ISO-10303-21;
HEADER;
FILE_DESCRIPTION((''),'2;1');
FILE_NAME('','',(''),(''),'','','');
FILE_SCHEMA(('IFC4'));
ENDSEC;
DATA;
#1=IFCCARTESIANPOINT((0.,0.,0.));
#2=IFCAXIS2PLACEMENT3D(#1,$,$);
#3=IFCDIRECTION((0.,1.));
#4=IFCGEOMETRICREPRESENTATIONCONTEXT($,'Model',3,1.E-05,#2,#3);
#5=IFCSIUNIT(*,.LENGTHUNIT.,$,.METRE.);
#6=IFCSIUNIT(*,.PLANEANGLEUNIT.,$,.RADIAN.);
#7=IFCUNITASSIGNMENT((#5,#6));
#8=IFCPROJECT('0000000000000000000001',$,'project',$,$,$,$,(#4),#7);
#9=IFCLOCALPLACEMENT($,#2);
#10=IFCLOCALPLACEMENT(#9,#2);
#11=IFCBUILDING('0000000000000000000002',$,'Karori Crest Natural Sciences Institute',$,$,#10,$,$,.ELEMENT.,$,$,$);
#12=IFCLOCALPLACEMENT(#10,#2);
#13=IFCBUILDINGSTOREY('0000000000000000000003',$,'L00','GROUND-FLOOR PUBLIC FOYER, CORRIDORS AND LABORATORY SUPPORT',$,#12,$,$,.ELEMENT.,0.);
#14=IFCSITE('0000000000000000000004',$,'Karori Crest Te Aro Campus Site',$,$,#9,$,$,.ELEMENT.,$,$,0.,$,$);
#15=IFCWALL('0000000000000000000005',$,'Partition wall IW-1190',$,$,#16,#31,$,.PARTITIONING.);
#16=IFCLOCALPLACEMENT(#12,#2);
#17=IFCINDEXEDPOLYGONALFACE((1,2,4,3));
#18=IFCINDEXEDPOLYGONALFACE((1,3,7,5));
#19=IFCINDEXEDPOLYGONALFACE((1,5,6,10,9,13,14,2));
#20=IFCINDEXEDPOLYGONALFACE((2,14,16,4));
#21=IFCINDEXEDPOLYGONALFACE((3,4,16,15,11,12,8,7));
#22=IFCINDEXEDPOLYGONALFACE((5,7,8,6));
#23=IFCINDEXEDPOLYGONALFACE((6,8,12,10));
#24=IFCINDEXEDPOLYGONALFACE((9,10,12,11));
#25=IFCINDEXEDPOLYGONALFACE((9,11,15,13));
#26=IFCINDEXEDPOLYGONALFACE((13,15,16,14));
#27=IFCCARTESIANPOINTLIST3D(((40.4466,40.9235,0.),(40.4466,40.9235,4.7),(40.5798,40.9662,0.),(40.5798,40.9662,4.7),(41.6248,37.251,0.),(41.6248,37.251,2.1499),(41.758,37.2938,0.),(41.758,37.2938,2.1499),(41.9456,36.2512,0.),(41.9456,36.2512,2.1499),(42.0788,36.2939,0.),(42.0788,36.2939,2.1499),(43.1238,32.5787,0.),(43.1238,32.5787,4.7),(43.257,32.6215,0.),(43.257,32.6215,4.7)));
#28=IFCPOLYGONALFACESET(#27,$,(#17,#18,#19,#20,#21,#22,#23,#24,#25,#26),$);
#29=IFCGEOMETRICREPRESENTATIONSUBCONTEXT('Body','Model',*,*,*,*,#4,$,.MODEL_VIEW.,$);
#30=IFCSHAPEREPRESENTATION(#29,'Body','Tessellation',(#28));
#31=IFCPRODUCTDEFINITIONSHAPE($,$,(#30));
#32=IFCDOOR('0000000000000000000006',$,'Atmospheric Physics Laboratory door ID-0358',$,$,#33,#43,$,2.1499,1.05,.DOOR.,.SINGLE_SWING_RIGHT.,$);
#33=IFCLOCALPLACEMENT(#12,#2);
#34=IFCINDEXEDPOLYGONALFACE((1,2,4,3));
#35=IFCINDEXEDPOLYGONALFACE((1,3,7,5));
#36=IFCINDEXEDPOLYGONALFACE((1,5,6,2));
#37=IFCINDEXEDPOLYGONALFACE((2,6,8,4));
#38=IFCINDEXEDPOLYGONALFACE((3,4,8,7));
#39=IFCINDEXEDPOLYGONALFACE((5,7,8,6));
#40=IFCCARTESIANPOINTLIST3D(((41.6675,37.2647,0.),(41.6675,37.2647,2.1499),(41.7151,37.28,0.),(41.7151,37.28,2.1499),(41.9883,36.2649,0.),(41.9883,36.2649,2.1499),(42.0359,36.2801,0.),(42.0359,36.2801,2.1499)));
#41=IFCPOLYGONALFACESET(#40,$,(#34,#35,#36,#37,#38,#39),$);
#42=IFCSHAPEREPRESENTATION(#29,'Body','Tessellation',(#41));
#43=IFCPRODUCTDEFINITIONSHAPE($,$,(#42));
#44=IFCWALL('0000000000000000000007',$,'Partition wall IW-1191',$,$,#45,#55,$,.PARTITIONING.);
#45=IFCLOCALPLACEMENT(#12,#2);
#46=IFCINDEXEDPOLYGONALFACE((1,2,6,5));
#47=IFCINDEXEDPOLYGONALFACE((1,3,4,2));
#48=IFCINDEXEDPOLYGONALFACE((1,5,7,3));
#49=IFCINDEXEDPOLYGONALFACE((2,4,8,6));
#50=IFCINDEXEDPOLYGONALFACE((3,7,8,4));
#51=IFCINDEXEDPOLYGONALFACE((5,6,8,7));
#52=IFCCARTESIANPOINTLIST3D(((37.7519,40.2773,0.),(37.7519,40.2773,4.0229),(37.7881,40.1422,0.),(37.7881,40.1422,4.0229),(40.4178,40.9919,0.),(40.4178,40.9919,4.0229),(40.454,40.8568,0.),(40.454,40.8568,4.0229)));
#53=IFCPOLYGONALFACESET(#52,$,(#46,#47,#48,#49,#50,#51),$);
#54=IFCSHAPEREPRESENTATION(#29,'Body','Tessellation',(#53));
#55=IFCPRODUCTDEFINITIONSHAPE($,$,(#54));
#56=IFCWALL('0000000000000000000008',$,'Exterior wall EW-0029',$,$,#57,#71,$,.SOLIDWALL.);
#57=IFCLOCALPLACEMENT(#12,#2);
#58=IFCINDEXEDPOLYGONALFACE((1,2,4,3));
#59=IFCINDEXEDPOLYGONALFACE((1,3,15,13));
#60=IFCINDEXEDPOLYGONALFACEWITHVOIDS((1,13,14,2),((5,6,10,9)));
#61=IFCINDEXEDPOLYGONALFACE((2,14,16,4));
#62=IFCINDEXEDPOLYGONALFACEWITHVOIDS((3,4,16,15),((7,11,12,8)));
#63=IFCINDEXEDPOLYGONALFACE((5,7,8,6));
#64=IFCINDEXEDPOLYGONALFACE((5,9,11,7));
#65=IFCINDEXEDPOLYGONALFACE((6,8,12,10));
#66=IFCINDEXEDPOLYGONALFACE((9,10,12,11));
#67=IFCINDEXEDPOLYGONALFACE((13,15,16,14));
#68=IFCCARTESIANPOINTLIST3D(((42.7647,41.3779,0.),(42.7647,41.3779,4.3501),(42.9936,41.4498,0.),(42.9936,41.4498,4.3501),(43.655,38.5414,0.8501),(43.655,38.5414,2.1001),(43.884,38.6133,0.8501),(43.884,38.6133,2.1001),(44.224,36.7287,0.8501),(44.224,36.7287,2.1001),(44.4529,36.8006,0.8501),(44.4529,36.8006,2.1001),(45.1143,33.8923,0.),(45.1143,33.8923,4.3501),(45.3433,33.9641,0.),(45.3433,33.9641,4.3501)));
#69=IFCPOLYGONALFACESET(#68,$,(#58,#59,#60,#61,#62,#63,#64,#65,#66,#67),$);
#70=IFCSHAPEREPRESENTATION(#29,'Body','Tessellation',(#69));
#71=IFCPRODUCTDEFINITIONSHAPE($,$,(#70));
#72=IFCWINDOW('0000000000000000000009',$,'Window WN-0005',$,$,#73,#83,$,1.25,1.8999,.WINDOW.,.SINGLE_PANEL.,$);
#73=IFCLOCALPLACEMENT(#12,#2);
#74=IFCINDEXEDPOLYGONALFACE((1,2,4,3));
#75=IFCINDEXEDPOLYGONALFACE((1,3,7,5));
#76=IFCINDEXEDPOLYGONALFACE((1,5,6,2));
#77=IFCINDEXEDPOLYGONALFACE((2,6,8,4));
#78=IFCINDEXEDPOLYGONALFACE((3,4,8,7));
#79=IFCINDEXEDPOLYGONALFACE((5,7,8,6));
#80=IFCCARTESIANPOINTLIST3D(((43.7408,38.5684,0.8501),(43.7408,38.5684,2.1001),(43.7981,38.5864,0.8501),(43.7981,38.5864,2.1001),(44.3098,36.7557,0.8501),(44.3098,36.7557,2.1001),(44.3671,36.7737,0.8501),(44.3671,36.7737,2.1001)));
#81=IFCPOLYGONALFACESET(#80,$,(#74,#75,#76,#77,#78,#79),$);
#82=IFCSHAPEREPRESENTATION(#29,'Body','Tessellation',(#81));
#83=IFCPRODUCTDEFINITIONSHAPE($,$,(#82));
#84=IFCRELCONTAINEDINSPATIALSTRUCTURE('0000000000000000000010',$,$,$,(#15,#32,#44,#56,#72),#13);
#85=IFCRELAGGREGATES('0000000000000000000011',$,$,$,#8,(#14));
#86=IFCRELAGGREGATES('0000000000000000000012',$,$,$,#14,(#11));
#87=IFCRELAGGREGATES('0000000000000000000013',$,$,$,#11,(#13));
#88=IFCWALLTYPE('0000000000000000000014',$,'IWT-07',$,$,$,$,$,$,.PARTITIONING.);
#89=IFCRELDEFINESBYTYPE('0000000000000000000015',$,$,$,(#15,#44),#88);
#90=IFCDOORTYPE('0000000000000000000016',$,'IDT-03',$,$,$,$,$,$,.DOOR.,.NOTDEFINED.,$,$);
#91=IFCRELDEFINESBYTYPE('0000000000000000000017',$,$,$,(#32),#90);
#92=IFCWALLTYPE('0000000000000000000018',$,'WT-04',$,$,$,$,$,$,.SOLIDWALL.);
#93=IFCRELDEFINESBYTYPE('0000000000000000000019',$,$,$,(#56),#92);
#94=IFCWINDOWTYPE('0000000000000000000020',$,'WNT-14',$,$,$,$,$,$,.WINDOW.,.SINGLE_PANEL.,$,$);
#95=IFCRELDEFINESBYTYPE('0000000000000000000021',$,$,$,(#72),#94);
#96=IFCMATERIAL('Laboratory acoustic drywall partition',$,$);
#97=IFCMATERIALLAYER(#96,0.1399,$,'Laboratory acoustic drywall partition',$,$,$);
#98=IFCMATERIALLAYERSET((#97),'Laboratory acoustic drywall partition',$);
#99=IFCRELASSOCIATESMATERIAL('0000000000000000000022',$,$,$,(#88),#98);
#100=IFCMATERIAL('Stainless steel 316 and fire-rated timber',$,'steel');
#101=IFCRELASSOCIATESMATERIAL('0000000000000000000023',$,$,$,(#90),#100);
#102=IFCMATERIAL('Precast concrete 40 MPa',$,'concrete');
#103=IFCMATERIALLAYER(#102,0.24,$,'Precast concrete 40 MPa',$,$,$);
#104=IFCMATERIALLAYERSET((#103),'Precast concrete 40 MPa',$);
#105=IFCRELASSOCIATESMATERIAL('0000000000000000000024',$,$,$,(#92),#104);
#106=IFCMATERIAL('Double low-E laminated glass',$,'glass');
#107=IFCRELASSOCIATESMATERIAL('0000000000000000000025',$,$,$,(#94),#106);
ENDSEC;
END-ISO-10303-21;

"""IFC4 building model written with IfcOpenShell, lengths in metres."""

from ifc_helpers import new_model, si_unit, direction, frame, frame_2d, origin, place, context, subcontext, project, spatial, rectangle, extrude, material, layer, layer_set, type_object, element, fill, save


model = new_model("IFC4")

# Units and contexts
model_context = context("Model", 3, precision=1e-05, world=origin(), true_north=direction((0.0, 1.0)))
body_context = subcontext(model_context, "Body", "Model", "MODEL_VIEW")
ifc_project = project(units=[si_unit("LENGTHUNIT", "METRE"), si_unit("PLANEANGLEUNIT", "RADIAN")], contexts=[model_context])

# Site, building, storey
site_placement = place(None, origin())
site = spatial("IfcSite", under=ifc_project, at=site_placement, Name="Karori Crest Te Aro Campus Site", CompositionType="ELEMENT", RefElevation=0.0)
building_placement = place(site_placement, origin())
building = spatial("IfcBuilding", under=site, at=building_placement, Name="Karori Crest Natural Sciences Institute", CompositionType="ELEMENT")
storey_placement = place(building_placement, origin())
storey = spatial("IfcBuildingStorey", under=building, at=storey_placement, Name="L00", Description="GROUND-FLOOR PUBLIC FOYER, CORRIDORS AND LABORATORY SUPPORT", CompositionType="ELEMENT", Elevation=0.0)

# Shared definitions
ifc_material_1 = material(Name="Double low-E laminated glass", Category="glass")

# Wall, opening, door
ifc_material_2 = material(Name="Laboratory acoustic drywall partition")
ifc_layer_1 = layer(ifc_material_2, 0.1399, Name="Laboratory acoustic drywall partition")
ifc_layer_set_1 = layer_set([ifc_layer_1], Name="Laboratory acoustic drywall partition")
wall_type_1 = type_object("IfcWallType", Name="IWT-07", PredefinedType="PARTITIONING", material=ifc_layer_set_1)
wall_1_placement = place(storey_placement, frame((40.5132, 40.9448, 0.0), z_axis=(0.0, 0.0, 1.0), x_axis=(0.305493, -0.952194, 0.0)))
wall_1 = element("IfcWall", 1, at=wall_1_placement, inside=storey, type_object=wall_type_1, Name="Partition wall IW-1190", PredefinedType="PARTITIONING", context=body_context, shape_type="SweptSolid", body=[
    extrude(rectangle(XDim=8.7637, YDim=0.1399, at=frame_2d((4.3818, 0.0))), origin(), (0.0, 0.0, 1.0), 4.7),
])
opening_1_placement = place(wall_1_placement, frame((3.8569, 0.0, 0.0)))
opening_1 = element("IfcOpeningElement", 2, at=opening_1_placement, cuts=wall_1, PredefinedType="OPENING", context=body_context, shape_type="SweptSolid", body=[
    extrude(rectangle(XDim=1.05, YDim=2.1499, at=frame_2d((0.5249, 1.075))), frame((0.0, 0.0801, 0.0), z_axis=(0.0, -1.0, 0.0), x_axis=(1.0, 0.0, 0.0)), (0.0, 0.0, 1.0), 0.1599),
])
ifc_material_3 = material(Name="Stainless steel 316 and fire-rated timber", Category="steel")
door_type = type_object("IfcDoorType", Name="IDT-03", OperationType="NOTDEFINED", PredefinedType="DOOR", material=ifc_material_3)
door_placement = place(opening_1_placement, origin())
door = element("IfcDoor", 3, at=door_placement, inside=storey, type_object=door_type, Name="Atmospheric Physics Laboratory door ID-0358", OperationType="SINGLE_SWING_RIGHT", OverallHeight=2.1499, OverallWidth=1.05, PredefinedType="DOOR", context=body_context, shape_type="SweptSolid", body=[
    extrude(rectangle(XDim=1.05, YDim=2.1499, at=frame_2d((0.5249, 1.075))), frame((0.0, 0.0249, 0.0), z_axis=(0.0, -1.0, 0.0), x_axis=(1.0, 0.0, 0.0)), (0.0, 0.0, 1.0), 0.05),
])
fill(opening_1, door)

# Wall
wall_2_placement = place(storey_placement, frame((40.4358, 40.9243, 0.0), z_axis=(0.0, 0.0, 1.0), x_axis=(-0.965898, -0.258923, 0.0)))
element("IfcWall", 4, at=wall_2_placement, inside=storey, type_object=wall_type_1, Name="Partition wall IW-1191", PredefinedType="PARTITIONING", context=body_context, shape_type="SweptSolid", body=[
    extrude(rectangle(XDim=2.76, YDim=0.1399, at=frame_2d((1.3799, 0.0))), origin(), (0.0, 0.0, 1.0), 4.0229),
])

# Wall, opening, window
ifc_material_4 = material(Name="Precast concrete 40 MPa", Category="concrete")
ifc_layer_2 = layer(ifc_material_4, 0.24, Name="Precast concrete 40 MPa")
ifc_layer_set_2 = layer_set([ifc_layer_2], Name="Precast concrete 40 MPa")
wall_type_2 = type_object("IfcWallType", Name="WT-04", PredefinedType="SOLIDWALL", material=ifc_layer_set_2)
wall_3_placement = place(storey_placement, frame((42.8792, 41.4138, 0.0), z_axis=(0.0, 0.0, 1.0), x_axis=(0.299478, -0.954103, 0.0)))
wall_3 = element("IfcWall", 5, at=wall_3_placement, inside=storey, type_object=wall_type_2, Name="Exterior wall EW-0029", PredefinedType="SOLIDWALL", context=body_context, shape_type="SweptSolid", body=[
    extrude(rectangle(XDim=7.8457, YDim=0.24, at=frame_2d((3.9229, 0.0))), origin(), (0.0, 0.0, 1.0), 4.3501),
])
opening_2_placement = place(wall_3_placement, frame((2.9729, 0.0, 0.8501)))
opening_2 = element("IfcOpeningElement", 6, at=opening_2_placement, cuts=wall_3, PredefinedType="OPENING", context=body_context, shape_type="SweptSolid", body=[
    extrude(rectangle(XDim=1.8999, YDim=1.25, at=frame_2d((0.95, 0.625))), frame((0.0, 0.1299, 0.0), z_axis=(0.0, -1.0, 0.0), x_axis=(1.0, 0.0, 0.0)), (0.0, 0.0, 1.0), 0.26),
])
window_type = type_object("IfcWindowType", Name="WNT-14", PartitioningType="SINGLE_PANEL", PredefinedType="WINDOW", material=ifc_material_1)
window_placement = place(opening_2_placement, origin())
window = element("IfcWindow", 7, at=window_placement, inside=storey, type_object=window_type, Name="Window WN-0005", OverallHeight=1.25, OverallWidth=1.8999, PartitioningType="SINGLE_PANEL", PredefinedType="WINDOW", context=body_context, shape_type="SweptSolid", body=[
    extrude(rectangle(XDim=1.8999, YDim=1.25, at=frame_2d((0.95, 0.625))), frame((0.0, 0.03, 0.0), z_axis=(0.0, -1.0, 0.0), x_axis=(1.0, 0.0, 0.0)), (0.0, 0.0, 1.0), 0.0601),
])
fill(opening_2, window)

save(model, "model.ifc")
